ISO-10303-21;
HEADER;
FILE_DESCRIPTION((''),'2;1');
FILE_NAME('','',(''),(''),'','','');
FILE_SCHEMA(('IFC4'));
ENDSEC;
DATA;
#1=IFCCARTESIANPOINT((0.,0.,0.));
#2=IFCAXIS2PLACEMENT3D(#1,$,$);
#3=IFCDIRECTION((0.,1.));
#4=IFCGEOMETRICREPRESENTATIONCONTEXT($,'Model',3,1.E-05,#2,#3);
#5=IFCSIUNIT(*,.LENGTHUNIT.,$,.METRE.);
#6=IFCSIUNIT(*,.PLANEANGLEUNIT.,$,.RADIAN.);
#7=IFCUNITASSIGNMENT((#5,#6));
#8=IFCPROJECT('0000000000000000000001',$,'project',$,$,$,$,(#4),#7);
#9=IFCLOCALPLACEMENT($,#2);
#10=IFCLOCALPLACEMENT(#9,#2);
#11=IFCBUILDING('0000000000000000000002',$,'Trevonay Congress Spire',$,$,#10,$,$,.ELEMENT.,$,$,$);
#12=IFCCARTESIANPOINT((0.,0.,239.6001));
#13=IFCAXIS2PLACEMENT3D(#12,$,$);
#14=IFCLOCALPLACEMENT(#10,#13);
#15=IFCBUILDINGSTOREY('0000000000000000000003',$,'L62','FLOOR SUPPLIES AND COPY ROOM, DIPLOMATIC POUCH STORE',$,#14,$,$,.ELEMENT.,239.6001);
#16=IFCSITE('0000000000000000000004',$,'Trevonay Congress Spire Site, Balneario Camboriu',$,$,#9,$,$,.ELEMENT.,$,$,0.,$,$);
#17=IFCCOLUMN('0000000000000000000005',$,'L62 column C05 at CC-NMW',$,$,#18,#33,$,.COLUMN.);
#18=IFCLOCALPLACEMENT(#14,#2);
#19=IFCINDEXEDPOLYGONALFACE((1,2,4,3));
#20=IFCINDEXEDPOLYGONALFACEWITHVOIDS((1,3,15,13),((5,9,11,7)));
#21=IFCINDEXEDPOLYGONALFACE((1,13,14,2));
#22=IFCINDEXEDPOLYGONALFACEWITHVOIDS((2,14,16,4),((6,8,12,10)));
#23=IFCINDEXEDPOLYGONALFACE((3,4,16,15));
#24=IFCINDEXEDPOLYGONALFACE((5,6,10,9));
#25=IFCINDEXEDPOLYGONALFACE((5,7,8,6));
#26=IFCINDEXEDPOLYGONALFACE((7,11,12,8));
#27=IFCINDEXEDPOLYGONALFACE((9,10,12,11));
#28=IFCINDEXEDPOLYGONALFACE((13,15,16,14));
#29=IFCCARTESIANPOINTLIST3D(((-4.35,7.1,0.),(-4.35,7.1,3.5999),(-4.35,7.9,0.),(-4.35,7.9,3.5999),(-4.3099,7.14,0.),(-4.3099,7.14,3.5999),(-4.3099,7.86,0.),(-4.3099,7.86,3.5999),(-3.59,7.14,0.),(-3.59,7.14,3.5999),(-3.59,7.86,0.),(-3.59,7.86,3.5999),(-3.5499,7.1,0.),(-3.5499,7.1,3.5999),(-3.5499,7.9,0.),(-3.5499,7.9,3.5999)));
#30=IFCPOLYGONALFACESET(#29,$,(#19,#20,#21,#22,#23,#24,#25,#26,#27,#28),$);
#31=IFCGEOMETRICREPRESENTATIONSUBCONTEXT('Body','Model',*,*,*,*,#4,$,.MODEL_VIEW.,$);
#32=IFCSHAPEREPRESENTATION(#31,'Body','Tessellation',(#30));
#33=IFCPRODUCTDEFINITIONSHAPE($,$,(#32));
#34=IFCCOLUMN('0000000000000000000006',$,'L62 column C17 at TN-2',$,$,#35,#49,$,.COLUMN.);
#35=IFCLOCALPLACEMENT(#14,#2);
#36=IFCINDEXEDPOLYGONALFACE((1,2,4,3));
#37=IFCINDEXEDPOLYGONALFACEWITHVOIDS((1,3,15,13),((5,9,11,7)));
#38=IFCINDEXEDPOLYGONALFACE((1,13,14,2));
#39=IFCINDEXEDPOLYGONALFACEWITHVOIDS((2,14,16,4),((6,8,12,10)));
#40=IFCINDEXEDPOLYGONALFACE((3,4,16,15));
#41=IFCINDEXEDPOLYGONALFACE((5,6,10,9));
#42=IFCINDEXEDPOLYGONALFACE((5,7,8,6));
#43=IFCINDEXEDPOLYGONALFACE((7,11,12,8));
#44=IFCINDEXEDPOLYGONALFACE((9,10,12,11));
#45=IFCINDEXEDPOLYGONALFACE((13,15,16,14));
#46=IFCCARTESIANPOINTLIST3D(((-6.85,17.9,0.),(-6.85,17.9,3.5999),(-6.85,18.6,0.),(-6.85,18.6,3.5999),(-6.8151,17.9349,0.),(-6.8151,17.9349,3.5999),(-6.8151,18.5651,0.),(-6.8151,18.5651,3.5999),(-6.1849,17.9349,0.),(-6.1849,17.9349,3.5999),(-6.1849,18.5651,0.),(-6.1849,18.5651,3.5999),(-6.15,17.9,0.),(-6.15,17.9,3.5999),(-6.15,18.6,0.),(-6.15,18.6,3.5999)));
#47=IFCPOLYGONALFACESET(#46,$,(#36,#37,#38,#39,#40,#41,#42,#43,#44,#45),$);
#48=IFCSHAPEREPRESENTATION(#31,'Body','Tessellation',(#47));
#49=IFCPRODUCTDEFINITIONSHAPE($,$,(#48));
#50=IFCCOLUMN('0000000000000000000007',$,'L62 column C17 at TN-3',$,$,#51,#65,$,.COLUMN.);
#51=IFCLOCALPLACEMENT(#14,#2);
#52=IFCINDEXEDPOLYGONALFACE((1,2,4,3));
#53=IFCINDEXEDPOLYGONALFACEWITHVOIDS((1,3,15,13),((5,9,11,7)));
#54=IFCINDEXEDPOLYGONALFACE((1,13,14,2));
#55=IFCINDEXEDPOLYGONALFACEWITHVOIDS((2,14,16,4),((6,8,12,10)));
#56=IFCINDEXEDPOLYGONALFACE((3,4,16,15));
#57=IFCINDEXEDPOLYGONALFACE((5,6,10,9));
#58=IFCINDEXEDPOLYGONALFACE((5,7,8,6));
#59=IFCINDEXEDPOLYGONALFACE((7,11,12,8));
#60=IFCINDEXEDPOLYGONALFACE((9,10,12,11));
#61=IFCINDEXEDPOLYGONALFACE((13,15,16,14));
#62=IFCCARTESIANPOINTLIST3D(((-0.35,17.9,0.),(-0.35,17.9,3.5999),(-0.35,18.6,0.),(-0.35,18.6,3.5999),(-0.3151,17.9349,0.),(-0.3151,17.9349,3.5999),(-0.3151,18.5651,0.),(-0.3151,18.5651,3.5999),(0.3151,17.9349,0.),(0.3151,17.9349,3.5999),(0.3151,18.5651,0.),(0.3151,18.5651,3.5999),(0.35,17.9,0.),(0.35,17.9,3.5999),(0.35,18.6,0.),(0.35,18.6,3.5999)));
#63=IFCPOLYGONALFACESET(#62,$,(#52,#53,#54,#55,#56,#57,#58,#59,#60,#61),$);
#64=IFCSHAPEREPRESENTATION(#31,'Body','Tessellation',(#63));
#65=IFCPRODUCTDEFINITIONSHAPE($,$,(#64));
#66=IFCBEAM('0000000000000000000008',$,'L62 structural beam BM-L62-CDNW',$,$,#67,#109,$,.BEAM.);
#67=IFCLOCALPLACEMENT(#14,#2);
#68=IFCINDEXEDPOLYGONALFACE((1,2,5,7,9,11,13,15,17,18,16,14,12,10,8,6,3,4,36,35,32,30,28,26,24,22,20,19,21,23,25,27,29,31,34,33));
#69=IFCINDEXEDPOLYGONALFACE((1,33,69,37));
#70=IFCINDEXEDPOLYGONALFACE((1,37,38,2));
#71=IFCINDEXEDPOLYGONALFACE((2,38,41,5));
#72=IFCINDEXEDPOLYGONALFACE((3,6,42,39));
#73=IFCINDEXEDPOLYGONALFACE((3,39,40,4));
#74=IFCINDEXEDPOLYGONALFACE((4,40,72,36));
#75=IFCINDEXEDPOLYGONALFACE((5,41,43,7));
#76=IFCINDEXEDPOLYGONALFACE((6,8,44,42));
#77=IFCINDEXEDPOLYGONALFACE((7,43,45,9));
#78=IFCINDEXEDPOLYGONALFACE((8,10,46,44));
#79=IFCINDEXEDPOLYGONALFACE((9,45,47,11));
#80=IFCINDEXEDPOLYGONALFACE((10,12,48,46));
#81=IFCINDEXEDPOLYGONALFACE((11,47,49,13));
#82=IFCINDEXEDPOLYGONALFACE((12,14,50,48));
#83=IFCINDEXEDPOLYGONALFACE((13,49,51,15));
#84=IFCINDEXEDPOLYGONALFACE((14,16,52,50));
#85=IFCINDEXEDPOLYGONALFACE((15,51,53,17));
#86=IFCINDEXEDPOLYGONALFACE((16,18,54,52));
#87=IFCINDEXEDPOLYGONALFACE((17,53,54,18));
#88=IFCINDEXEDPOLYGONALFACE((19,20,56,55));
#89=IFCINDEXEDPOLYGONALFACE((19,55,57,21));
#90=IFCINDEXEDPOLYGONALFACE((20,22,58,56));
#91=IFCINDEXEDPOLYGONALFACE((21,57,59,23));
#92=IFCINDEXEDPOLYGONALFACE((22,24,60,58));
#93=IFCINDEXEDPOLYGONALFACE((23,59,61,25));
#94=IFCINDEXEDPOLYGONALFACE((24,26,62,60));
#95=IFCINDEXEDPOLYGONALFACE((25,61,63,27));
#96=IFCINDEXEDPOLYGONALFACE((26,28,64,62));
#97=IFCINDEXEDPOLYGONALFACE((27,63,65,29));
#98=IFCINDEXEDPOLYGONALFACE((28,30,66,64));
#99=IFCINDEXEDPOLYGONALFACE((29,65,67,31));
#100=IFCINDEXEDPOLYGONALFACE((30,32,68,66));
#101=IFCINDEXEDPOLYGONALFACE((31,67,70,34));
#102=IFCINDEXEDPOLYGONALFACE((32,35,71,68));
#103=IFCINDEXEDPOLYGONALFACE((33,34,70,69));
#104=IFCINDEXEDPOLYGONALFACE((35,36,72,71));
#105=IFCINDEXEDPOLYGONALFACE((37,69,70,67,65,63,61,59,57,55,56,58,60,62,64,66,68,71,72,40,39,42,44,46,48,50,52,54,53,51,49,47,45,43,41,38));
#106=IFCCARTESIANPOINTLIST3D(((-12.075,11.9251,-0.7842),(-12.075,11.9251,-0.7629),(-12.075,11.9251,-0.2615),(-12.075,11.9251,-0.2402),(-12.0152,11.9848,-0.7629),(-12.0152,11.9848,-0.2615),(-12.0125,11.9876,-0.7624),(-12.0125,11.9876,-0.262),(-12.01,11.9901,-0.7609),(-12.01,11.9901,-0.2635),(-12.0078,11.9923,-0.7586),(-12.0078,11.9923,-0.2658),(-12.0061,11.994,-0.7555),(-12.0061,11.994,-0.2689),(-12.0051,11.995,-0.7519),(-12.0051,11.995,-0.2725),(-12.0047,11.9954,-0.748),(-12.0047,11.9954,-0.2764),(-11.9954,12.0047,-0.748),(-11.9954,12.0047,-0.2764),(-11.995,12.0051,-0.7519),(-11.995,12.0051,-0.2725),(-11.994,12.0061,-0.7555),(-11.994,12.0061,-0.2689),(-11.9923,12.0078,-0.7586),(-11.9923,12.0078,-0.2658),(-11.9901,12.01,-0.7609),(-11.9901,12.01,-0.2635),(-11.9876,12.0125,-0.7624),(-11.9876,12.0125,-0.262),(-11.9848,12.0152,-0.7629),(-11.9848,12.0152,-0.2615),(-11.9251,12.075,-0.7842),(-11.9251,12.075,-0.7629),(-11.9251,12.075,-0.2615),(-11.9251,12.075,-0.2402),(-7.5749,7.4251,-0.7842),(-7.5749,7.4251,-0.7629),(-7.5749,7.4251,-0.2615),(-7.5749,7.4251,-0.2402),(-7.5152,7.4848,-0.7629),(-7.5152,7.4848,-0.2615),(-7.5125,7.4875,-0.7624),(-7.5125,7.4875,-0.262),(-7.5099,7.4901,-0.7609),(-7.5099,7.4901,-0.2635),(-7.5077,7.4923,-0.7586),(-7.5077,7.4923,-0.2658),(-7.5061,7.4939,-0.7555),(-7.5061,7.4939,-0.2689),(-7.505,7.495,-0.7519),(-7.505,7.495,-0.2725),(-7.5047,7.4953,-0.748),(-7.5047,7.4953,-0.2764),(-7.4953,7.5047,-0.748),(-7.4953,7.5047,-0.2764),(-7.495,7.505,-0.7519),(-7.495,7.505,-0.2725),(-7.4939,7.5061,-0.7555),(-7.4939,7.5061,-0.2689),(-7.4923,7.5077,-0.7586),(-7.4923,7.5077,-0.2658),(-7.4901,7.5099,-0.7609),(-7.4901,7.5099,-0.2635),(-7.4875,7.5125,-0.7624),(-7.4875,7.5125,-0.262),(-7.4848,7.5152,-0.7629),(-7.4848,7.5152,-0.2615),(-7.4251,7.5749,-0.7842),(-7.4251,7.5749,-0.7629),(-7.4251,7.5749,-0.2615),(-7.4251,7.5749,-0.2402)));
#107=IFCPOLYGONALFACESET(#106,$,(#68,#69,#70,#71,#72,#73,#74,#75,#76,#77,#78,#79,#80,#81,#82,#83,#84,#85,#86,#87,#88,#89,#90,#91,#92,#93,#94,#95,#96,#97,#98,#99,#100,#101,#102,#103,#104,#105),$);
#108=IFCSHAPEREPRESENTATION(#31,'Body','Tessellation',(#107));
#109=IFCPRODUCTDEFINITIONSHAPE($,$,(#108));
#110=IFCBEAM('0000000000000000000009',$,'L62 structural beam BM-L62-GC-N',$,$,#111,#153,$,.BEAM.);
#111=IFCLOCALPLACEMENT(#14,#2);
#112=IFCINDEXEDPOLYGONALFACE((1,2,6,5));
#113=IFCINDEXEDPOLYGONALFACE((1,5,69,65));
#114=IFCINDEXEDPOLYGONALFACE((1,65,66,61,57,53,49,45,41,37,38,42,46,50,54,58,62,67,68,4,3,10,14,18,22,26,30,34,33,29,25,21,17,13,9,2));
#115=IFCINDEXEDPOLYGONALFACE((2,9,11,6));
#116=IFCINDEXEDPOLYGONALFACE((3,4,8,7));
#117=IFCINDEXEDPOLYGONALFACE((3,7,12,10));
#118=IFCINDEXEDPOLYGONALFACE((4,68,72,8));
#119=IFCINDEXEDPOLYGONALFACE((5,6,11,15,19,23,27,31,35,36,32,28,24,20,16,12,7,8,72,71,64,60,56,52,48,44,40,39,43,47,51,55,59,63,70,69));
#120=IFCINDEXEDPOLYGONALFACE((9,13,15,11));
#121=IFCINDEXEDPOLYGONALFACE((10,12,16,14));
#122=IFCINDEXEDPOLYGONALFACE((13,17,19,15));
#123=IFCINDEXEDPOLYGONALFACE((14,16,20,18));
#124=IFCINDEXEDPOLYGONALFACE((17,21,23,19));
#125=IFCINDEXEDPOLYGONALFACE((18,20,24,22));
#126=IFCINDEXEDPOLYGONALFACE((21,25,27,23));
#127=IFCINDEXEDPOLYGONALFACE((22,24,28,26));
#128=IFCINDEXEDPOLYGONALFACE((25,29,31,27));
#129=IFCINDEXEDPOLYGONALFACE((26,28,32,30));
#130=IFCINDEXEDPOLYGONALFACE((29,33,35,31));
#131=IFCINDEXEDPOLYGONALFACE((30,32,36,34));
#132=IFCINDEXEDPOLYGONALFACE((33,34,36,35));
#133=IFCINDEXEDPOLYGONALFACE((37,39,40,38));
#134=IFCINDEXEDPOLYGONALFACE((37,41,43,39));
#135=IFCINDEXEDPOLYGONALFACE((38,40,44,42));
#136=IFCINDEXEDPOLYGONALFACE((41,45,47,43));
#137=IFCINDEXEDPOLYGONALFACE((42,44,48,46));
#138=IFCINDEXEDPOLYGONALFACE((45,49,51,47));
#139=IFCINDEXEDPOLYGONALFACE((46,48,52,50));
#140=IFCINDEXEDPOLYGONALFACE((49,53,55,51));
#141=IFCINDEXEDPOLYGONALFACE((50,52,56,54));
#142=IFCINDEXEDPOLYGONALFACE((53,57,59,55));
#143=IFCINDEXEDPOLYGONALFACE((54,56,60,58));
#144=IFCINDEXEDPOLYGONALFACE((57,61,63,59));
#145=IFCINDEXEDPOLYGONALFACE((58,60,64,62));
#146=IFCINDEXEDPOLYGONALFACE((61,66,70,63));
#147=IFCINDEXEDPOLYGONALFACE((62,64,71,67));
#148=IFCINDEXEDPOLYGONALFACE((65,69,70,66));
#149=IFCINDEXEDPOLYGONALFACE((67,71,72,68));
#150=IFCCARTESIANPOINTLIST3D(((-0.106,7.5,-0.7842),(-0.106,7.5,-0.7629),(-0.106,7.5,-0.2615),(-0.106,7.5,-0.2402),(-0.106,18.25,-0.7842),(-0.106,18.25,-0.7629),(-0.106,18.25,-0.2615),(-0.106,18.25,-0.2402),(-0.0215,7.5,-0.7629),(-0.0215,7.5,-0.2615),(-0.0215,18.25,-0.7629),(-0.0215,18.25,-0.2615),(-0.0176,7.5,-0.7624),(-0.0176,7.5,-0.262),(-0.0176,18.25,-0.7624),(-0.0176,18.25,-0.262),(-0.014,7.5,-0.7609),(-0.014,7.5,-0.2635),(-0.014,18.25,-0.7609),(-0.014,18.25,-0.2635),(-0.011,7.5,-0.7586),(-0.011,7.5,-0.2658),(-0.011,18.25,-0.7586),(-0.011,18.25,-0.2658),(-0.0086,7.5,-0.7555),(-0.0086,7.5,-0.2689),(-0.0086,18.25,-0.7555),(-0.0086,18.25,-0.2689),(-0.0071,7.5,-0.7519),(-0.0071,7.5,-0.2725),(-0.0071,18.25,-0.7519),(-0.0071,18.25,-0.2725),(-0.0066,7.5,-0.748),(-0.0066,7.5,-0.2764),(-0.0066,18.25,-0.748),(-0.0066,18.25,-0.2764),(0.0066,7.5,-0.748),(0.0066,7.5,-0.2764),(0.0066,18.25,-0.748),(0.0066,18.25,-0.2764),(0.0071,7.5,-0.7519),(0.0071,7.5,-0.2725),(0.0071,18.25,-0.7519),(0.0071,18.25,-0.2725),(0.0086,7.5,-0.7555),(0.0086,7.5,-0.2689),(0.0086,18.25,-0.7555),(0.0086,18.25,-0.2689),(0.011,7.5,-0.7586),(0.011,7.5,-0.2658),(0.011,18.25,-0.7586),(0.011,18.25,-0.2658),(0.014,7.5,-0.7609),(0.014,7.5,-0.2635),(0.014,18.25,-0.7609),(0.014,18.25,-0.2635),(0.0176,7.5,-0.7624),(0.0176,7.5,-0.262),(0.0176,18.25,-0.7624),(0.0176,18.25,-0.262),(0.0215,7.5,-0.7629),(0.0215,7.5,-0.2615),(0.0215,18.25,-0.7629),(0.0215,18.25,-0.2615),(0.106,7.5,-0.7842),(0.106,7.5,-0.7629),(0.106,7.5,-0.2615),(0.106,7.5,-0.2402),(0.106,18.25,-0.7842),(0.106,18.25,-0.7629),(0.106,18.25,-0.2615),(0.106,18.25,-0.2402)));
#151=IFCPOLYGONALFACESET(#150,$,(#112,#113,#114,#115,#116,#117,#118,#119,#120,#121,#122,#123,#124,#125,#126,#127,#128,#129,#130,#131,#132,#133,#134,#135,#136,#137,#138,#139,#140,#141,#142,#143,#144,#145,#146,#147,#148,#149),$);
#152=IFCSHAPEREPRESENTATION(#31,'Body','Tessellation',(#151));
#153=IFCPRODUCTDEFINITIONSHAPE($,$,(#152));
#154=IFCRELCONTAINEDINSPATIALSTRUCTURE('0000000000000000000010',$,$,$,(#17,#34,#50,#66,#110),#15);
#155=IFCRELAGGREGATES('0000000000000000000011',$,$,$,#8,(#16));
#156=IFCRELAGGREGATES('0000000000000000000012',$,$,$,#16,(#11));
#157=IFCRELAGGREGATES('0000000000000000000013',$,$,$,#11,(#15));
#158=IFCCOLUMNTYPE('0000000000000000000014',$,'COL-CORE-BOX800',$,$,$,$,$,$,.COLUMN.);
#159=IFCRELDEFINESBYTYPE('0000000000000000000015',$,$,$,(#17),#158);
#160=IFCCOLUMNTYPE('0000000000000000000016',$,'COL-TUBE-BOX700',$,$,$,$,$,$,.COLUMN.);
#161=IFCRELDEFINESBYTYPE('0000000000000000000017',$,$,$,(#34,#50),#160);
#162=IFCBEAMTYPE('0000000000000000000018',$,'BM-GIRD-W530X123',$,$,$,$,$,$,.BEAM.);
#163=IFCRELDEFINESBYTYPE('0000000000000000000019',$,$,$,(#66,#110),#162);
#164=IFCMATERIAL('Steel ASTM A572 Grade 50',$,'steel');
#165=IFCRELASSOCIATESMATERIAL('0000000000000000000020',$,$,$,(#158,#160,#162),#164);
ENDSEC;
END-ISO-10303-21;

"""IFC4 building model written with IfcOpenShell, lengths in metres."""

from ifc_helpers import new_model, si_unit, direction, frame, origin, origin_2d, place, context, subcontext, project, spatial, hollow_rectangle, i_section, extrude, material, material_profile, profile_set, type_object, element, save


model = new_model("IFC4")

# Units and contexts
model_context = context("Model", 3, precision=1e-05, world=origin(), true_north=direction((0.0, 1.0)))
body_context = subcontext(model_context, "Body", "Model", "MODEL_VIEW")
ifc_project = project(units=[si_unit("LENGTHUNIT", "METRE"), si_unit("PLANEANGLEUNIT", "RADIAN")], contexts=[model_context])

# Site, building, storey
site_placement = place(None, origin())
site = spatial("IfcSite", under=ifc_project, at=site_placement, Name="Trevonay Congress Spire Site, Balneario Camboriu", CompositionType="ELEMENT", RefElevation=0.0)
building_placement = place(site_placement, origin())
building = spatial("IfcBuilding", under=site, at=building_placement, Name="Trevonay Congress Spire", CompositionType="ELEMENT")
storey_placement = place(building_placement, frame((0.0, 0.0, 239.6001)))
storey = spatial("IfcBuildingStorey", under=building, at=storey_placement, Name="L62", Description="FLOOR SUPPLIES AND COPY ROOM, DIPLOMATIC POUCH STORE", CompositionType="ELEMENT", Elevation=239.6001)

# Columns
ifc_material_1 = material(Name="Steel ASTM A572 Grade 50", Category="steel")
ifc_material_profile_1 = material_profile(ifc_material_1, hollow_rectangle(XDim=0.8, YDim=0.8, WallThickness=0.04, at=origin_2d()), Name="BOX 800x800x40")
ifc_profile_set_1 = profile_set([ifc_material_profile_1], Name="Steel ASTM A572 Grade 50")
column_type_1 = type_object("IfcColumnType", Name="COL-CORE-BOX800", PredefinedType="COLUMN", material=ifc_profile_set_1)
column_placement = place(storey_placement, frame((-3.95, 7.5, 0.0), z_axis=(0.0, 0.0, 1.0), x_axis=(1.0, 0.0, 0.0)))
element("IfcColumn", 1, at=column_placement, inside=storey, type_object=column_type_1, Name="L62 column C05 at CC-NMW", PredefinedType="COLUMN", context=body_context, shape_type="SweptSolid", body=[
    extrude(hollow_rectangle(XDim=0.8, YDim=0.8, WallThickness=0.04, at=origin_2d()), origin(), (0.0, 0.0, 1.0), 3.5999),
])
ifc_material_profile_2 = material_profile(ifc_material_1, hollow_rectangle(XDim=0.7, YDim=0.7, WallThickness=0.0349, at=origin_2d()), Name="BOX 700x700x35")
ifc_profile_set_2 = profile_set([ifc_material_profile_2], Name="Steel ASTM A572 Grade 50")
column_type_2 = type_object("IfcColumnType", Name="COL-TUBE-BOX700", PredefinedType="COLUMN", material=ifc_profile_set_2)
for number, where, z_axis, x_axis, name in (
    (2, (-6.5, 18.25, 0.0), (0.0, 0.0, 1.0), (1.0, 0.0, 0.0), "L62 column C17 at TN-2"),
    (3, (0.0, 18.25, 0.0), (0.0, 0.0, 1.0), (1.0, 0.0, 0.0), "L62 column C17 at TN-3"),
):
    element("IfcColumn", number, at=place(storey_placement, frame(where, z_axis=z_axis, x_axis=x_axis)), inside=storey, type_object=column_type_2, Name=name, PredefinedType="COLUMN", context=body_context, shape_type="SweptSolid", body=[
        extrude(hollow_rectangle(XDim=0.7, YDim=0.7, WallThickness=0.0349, at=origin_2d()), origin(), (0.0, 0.0, 1.0), 3.5999),
    ])

# Beams
ifc_material_profile_3 = material_profile(ifc_material_1, i_section(OverallWidth=0.2119, OverallDepth=0.5439, WebThickness=0.0132, FlangeThickness=0.0212, FilletRadius=0.0149, at=origin_2d()), Name="W530x123")
ifc_profile_set_3 = profile_set([ifc_material_profile_3], Name="Steel ASTM A572 Grade 50")
beam_type_1 = type_object("IfcBeamType", Name="BM-GIRD-W530X123", PredefinedType="BEAM", material=ifc_profile_set_3)
beam_1_placement = place(storey_placement, frame((-7.5, 7.5, -0.5122), z_axis=(-0.707107, 0.707107, 0.0), x_axis=(-0.707107, -0.707107, 0.0)))
element("IfcBeam", 4, at=beam_1_placement, inside=storey, type_object=beam_type_1, Name="L62 structural beam BM-L62-CDNW", PredefinedType="BEAM", context=body_context, shape_type="SweptSolid", body=[
    extrude(i_section(OverallWidth=0.2119, OverallDepth=0.5439, WebThickness=0.0132, FlangeThickness=0.0212, FilletRadius=0.0149, at=origin_2d()), origin(), (0.0, 0.0, 1.0), 6.364),
])
beam_2_placement = place(storey_placement, frame((0.0, 7.5, -0.5122), z_axis=(0.0, 1.0, 0.0), x_axis=(-1.0, 0.0, 0.0)))
element("IfcBeam", 5, at=beam_2_placement, inside=storey, type_object=beam_type_1, Name="L62 structural beam BM-L62-GC-N", PredefinedType="BEAM", context=body_context, shape_type="SweptSolid", body=[
    extrude(i_section(OverallWidth=0.2119, OverallDepth=0.5439, WebThickness=0.0132, FlangeThickness=0.0212, FilletRadius=0.0149, at=origin_2d()), origin(), (0.0, 0.0, 1.0), 10.75),
])

save(model, "model.ifc")
